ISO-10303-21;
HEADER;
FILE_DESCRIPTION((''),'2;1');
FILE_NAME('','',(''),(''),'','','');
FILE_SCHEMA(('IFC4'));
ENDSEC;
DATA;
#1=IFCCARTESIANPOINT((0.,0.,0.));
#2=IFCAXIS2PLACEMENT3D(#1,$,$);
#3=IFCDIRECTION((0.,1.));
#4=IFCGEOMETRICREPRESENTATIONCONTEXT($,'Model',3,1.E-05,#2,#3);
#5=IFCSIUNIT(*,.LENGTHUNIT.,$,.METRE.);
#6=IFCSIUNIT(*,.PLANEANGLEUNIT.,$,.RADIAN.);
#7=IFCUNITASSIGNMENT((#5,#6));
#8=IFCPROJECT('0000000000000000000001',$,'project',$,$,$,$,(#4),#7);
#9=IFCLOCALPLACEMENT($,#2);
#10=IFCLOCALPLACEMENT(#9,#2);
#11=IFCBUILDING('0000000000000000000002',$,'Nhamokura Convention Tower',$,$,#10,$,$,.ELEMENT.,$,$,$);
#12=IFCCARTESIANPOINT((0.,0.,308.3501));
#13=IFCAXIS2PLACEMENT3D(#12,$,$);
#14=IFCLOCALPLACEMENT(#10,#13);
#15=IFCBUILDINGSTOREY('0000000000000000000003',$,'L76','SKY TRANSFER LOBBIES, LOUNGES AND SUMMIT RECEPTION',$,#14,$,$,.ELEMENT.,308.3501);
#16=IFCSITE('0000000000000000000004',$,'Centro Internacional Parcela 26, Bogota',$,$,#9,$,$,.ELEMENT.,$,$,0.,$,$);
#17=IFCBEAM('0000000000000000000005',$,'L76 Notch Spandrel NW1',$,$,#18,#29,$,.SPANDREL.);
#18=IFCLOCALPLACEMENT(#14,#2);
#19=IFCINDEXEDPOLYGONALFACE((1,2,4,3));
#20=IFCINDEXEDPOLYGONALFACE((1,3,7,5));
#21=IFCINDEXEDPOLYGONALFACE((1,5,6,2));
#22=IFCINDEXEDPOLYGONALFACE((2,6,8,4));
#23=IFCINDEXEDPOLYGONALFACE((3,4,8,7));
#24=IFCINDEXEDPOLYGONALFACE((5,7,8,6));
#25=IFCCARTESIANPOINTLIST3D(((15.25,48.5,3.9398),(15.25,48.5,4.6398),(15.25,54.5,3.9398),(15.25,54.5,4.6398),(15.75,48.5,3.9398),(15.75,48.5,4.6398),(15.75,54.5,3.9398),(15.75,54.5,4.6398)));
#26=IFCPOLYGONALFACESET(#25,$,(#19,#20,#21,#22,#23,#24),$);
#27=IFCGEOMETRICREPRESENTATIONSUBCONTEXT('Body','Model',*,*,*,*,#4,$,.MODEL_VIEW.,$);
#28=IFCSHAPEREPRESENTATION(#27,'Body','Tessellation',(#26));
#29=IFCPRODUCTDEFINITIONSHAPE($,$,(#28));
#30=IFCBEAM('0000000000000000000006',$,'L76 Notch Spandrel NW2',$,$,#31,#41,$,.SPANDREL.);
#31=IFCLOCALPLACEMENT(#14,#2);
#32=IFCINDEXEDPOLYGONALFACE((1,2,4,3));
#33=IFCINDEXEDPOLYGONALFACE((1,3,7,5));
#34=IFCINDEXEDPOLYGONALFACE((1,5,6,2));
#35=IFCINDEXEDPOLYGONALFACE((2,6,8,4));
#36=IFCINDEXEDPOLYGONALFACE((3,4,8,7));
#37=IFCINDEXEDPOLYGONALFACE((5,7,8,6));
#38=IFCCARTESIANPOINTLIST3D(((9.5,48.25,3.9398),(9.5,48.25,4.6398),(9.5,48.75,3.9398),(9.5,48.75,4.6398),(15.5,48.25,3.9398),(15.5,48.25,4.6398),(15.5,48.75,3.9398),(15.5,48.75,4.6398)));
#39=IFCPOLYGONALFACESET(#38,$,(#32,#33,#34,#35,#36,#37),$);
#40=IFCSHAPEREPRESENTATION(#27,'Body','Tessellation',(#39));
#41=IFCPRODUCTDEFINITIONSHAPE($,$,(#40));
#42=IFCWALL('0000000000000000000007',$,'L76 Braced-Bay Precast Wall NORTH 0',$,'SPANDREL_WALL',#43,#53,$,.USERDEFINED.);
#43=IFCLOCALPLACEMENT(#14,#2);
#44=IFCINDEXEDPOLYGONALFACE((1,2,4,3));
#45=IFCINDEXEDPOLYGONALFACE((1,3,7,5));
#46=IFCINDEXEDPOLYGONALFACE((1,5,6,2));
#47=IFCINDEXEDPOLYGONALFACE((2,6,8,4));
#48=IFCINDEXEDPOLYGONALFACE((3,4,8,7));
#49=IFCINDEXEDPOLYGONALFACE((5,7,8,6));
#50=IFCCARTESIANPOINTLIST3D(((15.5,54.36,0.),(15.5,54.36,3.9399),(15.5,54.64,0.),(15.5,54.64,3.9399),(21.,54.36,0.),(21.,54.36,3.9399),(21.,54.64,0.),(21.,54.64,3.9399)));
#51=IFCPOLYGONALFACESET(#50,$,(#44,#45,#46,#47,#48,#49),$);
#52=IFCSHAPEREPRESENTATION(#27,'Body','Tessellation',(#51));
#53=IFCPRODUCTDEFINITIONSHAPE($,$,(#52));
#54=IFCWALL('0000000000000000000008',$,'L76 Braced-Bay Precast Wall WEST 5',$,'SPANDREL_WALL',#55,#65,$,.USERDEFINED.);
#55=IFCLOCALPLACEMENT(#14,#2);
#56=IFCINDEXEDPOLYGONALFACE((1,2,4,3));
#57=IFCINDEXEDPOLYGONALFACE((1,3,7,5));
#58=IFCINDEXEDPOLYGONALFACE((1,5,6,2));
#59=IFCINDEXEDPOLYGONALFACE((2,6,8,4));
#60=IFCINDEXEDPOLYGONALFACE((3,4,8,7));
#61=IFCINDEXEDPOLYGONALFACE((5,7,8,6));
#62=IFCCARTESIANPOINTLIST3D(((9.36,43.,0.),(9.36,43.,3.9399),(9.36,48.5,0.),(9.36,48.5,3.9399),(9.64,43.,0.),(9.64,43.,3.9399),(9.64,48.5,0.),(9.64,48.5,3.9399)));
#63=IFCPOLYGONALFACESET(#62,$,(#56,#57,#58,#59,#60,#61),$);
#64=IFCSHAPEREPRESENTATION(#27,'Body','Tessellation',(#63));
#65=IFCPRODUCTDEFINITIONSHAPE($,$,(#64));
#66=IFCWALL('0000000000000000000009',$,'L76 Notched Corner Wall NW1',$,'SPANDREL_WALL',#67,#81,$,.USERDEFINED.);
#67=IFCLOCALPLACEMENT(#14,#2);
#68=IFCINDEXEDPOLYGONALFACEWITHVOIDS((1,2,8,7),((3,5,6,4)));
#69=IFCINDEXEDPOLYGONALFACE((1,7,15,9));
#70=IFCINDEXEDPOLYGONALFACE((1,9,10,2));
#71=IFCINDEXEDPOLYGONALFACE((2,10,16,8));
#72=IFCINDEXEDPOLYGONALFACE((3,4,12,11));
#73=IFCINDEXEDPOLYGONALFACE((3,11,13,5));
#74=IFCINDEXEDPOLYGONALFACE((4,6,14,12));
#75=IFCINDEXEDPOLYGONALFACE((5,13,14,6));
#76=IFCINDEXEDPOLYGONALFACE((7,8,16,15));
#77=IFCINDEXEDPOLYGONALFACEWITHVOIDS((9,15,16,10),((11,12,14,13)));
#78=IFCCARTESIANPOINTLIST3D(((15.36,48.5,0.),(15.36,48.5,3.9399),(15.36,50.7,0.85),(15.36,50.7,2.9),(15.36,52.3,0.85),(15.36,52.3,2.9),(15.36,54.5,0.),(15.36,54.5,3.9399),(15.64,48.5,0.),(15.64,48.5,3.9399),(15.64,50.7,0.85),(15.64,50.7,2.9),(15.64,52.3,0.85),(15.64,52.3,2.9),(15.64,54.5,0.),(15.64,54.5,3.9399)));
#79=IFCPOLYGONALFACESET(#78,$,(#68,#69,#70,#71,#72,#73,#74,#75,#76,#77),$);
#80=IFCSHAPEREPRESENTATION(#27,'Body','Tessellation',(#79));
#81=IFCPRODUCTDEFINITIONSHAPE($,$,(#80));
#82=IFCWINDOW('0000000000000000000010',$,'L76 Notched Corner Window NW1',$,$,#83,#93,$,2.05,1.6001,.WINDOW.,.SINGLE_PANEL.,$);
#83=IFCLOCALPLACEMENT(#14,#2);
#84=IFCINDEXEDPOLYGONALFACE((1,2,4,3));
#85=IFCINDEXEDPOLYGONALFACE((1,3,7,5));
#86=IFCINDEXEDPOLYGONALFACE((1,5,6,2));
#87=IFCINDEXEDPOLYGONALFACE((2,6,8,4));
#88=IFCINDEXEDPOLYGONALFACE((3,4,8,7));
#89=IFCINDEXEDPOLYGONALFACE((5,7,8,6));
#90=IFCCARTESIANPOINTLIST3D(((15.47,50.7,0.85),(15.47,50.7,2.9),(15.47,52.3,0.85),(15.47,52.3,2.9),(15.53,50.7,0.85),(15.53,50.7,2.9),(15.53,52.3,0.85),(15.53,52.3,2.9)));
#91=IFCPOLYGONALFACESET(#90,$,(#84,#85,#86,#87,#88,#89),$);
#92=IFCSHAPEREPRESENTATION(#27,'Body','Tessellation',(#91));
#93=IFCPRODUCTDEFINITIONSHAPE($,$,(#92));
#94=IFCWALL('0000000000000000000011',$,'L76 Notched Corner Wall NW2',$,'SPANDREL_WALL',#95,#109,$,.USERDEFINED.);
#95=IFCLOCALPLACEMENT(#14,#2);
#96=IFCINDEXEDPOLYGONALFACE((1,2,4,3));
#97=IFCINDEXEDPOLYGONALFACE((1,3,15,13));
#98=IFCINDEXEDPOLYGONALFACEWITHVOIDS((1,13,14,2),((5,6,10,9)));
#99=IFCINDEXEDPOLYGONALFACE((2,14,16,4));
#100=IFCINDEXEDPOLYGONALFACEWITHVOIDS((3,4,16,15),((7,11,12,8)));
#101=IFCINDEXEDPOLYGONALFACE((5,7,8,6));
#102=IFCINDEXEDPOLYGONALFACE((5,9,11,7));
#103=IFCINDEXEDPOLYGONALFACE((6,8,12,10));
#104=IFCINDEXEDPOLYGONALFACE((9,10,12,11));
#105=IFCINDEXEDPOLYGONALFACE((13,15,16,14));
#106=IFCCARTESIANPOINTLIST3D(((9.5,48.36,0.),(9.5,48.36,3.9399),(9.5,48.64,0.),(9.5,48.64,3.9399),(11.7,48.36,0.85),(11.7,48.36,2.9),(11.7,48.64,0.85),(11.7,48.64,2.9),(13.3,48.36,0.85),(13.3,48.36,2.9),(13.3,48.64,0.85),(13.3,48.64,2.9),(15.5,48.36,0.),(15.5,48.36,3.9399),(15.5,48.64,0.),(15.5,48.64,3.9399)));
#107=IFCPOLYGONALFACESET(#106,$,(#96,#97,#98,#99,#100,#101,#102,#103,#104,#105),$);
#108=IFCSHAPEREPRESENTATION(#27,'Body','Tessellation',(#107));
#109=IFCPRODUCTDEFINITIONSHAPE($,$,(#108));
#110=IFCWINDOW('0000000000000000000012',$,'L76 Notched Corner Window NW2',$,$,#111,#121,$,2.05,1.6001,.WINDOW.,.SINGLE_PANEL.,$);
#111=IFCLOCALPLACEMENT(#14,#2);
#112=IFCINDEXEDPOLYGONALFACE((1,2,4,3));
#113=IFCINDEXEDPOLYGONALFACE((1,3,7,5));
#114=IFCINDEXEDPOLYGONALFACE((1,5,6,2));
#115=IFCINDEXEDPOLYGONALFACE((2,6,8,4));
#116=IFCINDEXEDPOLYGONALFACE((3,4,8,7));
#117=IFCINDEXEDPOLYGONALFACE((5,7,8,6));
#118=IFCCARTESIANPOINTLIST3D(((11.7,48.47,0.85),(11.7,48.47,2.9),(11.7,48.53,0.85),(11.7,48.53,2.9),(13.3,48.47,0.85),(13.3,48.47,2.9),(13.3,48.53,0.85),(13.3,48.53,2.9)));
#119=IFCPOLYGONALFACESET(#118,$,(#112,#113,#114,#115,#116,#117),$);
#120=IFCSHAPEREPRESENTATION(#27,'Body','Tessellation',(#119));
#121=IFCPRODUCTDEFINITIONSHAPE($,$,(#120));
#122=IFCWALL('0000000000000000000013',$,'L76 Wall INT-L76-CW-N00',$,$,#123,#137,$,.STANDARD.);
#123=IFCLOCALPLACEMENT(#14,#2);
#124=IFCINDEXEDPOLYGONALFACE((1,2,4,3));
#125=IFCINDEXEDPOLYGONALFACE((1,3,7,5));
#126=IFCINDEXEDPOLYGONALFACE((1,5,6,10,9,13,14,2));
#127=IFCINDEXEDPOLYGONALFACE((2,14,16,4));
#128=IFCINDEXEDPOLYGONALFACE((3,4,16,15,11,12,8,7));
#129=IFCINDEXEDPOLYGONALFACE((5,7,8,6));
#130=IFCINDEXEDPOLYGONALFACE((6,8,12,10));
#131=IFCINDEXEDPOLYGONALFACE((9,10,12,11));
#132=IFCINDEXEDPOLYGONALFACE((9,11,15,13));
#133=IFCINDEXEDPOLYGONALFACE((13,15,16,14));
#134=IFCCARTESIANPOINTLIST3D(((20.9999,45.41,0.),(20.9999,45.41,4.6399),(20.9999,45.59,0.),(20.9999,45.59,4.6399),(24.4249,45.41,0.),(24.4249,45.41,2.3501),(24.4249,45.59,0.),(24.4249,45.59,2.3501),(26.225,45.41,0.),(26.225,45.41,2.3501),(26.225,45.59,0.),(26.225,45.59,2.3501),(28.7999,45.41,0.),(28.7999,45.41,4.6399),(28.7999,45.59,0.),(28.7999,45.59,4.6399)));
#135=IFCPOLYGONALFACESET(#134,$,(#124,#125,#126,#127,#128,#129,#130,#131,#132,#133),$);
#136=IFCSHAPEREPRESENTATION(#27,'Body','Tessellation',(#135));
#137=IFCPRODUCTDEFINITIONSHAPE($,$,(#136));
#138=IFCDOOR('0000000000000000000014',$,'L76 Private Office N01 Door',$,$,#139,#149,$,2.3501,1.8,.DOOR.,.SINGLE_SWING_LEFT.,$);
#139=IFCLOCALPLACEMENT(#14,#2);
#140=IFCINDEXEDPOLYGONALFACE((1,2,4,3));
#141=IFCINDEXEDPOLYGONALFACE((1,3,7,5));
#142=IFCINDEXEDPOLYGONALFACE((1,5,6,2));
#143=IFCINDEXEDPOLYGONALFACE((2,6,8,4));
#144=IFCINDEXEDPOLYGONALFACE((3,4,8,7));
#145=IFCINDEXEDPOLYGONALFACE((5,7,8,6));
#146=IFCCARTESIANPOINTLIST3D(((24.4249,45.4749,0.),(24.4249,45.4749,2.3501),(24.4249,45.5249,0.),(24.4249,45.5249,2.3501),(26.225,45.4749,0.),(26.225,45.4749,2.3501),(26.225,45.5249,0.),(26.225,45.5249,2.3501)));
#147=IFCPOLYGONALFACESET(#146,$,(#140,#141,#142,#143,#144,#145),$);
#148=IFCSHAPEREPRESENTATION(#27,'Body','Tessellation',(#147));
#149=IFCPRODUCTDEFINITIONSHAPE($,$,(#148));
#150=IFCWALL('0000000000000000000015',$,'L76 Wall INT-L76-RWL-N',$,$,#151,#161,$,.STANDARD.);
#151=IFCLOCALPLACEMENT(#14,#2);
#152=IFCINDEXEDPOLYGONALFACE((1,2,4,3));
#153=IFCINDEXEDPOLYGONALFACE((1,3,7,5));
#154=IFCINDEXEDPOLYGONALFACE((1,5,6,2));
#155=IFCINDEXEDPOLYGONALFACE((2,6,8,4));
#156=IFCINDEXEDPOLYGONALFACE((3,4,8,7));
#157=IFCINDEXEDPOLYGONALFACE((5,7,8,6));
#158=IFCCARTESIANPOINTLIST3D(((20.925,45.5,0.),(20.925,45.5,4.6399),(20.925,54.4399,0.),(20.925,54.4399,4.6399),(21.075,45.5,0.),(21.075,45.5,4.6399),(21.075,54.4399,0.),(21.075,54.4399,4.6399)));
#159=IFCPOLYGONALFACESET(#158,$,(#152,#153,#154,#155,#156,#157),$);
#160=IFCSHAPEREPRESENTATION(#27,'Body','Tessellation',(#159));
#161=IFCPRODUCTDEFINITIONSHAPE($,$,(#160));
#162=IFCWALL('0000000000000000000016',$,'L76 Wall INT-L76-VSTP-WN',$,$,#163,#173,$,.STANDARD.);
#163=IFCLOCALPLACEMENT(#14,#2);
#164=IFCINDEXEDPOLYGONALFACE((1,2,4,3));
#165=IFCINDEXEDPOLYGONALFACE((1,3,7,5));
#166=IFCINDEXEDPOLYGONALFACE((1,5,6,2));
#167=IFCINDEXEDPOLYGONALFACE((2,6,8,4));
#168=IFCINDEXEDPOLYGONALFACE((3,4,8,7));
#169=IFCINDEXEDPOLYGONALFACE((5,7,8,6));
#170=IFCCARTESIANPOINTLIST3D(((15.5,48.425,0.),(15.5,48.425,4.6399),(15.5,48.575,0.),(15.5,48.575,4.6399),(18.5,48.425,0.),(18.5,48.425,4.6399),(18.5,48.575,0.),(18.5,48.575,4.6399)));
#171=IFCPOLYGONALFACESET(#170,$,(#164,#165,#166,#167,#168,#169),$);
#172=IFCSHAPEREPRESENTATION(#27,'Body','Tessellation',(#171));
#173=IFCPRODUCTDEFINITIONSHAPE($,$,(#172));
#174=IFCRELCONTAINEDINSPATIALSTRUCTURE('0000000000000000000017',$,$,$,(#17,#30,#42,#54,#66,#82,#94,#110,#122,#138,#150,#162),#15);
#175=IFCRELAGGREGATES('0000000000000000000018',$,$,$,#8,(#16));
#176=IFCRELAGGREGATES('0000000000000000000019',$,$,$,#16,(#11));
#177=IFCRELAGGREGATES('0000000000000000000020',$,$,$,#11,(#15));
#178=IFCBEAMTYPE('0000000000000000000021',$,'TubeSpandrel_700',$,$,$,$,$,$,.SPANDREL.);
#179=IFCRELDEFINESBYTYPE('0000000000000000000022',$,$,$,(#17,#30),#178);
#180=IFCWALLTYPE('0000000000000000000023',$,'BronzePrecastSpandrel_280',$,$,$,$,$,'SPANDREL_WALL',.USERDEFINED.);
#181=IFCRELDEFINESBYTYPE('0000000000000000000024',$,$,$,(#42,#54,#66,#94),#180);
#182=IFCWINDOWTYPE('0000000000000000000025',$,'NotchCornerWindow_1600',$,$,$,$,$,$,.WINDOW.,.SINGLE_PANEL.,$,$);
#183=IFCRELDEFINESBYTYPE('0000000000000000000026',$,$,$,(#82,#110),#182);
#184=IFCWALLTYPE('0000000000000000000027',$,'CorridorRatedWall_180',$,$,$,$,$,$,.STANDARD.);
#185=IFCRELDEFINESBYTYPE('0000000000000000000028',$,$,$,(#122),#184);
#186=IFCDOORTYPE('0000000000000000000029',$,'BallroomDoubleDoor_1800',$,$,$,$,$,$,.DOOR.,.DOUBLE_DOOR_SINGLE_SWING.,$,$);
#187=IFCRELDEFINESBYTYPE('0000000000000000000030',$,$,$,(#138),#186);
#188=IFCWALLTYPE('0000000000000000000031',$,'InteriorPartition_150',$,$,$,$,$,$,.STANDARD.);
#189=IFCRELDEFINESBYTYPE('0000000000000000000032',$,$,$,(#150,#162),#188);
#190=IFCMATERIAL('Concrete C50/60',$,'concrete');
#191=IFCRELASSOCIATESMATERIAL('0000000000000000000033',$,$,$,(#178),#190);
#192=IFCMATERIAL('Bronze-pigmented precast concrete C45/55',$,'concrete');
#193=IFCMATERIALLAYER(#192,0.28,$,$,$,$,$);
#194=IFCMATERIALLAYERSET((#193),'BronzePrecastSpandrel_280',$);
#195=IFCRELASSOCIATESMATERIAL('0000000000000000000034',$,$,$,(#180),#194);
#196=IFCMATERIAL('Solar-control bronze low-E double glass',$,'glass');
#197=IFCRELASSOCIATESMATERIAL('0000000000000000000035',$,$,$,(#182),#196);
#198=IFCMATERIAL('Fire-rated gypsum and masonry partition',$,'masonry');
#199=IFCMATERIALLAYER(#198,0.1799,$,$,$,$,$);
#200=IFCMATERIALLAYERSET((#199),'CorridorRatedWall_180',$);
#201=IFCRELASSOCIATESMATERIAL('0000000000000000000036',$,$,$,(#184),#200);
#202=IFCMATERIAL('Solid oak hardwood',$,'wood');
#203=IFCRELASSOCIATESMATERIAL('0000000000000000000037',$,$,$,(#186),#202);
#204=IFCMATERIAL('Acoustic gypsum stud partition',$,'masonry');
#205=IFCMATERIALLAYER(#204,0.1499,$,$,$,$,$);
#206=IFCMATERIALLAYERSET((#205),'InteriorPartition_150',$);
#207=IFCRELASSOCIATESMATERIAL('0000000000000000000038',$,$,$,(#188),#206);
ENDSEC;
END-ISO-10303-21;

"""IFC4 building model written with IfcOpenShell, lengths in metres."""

from ifc_helpers import new_model, si_unit, direction, frame, frame_2d, origin, origin_2d, place, context, subcontext, project, spatial, rectangle, extrude, material, layer, layer_set, material_profile, profile_set, type_object, element, fill, save


model = new_model("IFC4")

# Units and contexts
model_context = context("Model", 3, precision=1e-05, world=origin(), true_north=direction((0.0, 1.0)))
body_context = subcontext(model_context, "Body", "Model", "MODEL_VIEW")
ifc_project = project(units=[si_unit("LENGTHUNIT", "METRE"), si_unit("PLANEANGLEUNIT", "RADIAN")], contexts=[model_context])

# Site, building, storey
site_placement = place(None, origin())
site = spatial("IfcSite", under=ifc_project, at=site_placement, Name="Centro Internacional Parcela 26, Bogota", CompositionType="ELEMENT", RefElevation=0.0)
building_placement = place(site_placement, origin())
building = spatial("IfcBuilding", under=site, at=building_placement, Name="Nhamokura Convention Tower", CompositionType="ELEMENT")
storey_placement = place(building_placement, frame((0.0, 0.0, 308.3501)))
storey = spatial("IfcBuildingStorey", under=building, at=storey_placement, Name="L76", Description="SKY TRANSFER LOBBIES, LOUNGES AND SUMMIT RECEPTION", CompositionType="ELEMENT", Elevation=308.3501)

# Beams
ifc_material_1 = material(Name="Concrete C50/60", Category="concrete")
ifc_material_profile_1 = material_profile(ifc_material_1, rectangle(XDim=0.5, YDim=0.7, at=origin_2d()))
ifc_profile_set_1 = profile_set([ifc_material_profile_1], Name="Concrete C50/60")
beam_type_1 = type_object("IfcBeamType", Name="TubeSpandrel_700", PredefinedType="SPANDREL", material=ifc_profile_set_1)
for number, where, z_axis, x_axis, name in (
    (1, (15.5, 54.5, 4.2898), (0.0, -1.0, 0.0), (1.0, 0.0, 0.0), "L76 Notch Spandrel NW1"),
    (2, (15.5, 48.5, 4.2898), (-1.0, 0.0, 0.0), (0.0, -1.0, 0.0), "L76 Notch Spandrel NW2"),
):
    element("IfcBeam", number, at=place(storey_placement, frame(where, z_axis=z_axis, x_axis=x_axis)), inside=storey, type_object=beam_type_1, Name=name, PredefinedType="SPANDREL", context=body_context, shape_type="SweptSolid", body=[
        extrude(rectangle(XDim=0.5, YDim=0.7, at=origin_2d()), origin(), (0.0, 0.0, 1.0), 6.0),
    ])

# Walls
ifc_material_2 = material(Name="Bronze-pigmented precast concrete C45/55", Category="concrete")
ifc_layer_1 = layer(ifc_material_2, 0.28)
ifc_layer_set_1 = layer_set([ifc_layer_1], Name="BronzePrecastSpandrel_280")
wall_type_1 = type_object("IfcWallType", Name="BronzePrecastSpandrel_280", ElementType="SPANDREL_WALL", PredefinedType="USERDEFINED", material=ifc_layer_set_1)
for number, where, z_axis, x_axis, name in (
    (3, (15.5, 54.5, 0.0), (0.0, 0.0, 1.0), (1.0, 0.0, 0.0), "L76 Braced-Bay Precast Wall NORTH 0"),
    (4, (9.5, 43.0, 0.0), (0.0, 0.0, 1.0), (0.0, 1.0, 0.0), "L76 Braced-Bay Precast Wall WEST 5"),
):
    element("IfcWall", number, at=place(storey_placement, frame(where, z_axis=z_axis, x_axis=x_axis)), inside=storey, type_object=wall_type_1, Name=name, ObjectType="SPANDREL_WALL", PredefinedType="USERDEFINED", context=body_context, shape_type="SweptSolid", body=[
        extrude(rectangle(XDim=5.5, YDim=0.28, at=frame_2d((2.75, 0.0))), origin(), (0.0, 0.0, 1.0), 3.9399),
    ])

# Walls, openings, windows
wall_1_placement = place(storey_placement, frame((15.5, 48.5, 0.0), z_axis=(0.0, 0.0, 1.0), x_axis=(0.0, 1.0, 0.0)))
wall_1 = element("IfcWall", 5, at=wall_1_placement, inside=storey, type_object=wall_type_1, Name="L76 Notched Corner Wall NW1", ObjectType="SPANDREL_WALL", PredefinedType="USERDEFINED", context=body_context, shape_type="SweptSolid", body=[
    extrude(rectangle(XDim=6.0, YDim=0.28, at=frame_2d((3.0, 0.0))), origin(), (0.0, 0.0, 1.0), 3.9399),
])
opening_1_placement = place(wall_1_placement, frame((2.2, 0.0, 0.8501)))
opening_1 = element("IfcOpeningElement", 6, at=opening_1_placement, cuts=wall_1, PredefinedType="OPENING", context=body_context, shape_type="SweptSolid", body=[
    extrude(rectangle(XDim=1.6001, YDim=2.05, at=frame_2d((0.8, 1.0249))), frame((0.0, 0.1499, 0.0), z_axis=(0.0, -1.0, 0.0), x_axis=(1.0, 0.0, 0.0)), (0.0, 0.0, 1.0), 0.3),
])
ifc_material_3 = material(Name="Solar-control bronze low-E double glass", Category="glass")
window_type = type_object("IfcWindowType", Name="NotchCornerWindow_1600", PartitioningType="SINGLE_PANEL", PredefinedType="WINDOW", material=ifc_material_3)
window_1_placement = place(opening_1_placement, origin())
window_1 = element("IfcWindow", 7, at=window_1_placement, inside=storey, type_object=window_type, Name="L76 Notched Corner Window NW1", OverallHeight=2.05, OverallWidth=1.6001, PartitioningType="SINGLE_PANEL", PredefinedType="WINDOW", context=body_context, shape_type="SweptSolid", body=[
    extrude(rectangle(XDim=1.6001, YDim=2.05, at=frame_2d((0.8, 1.0249))), frame((0.0, 0.03, 0.0), z_axis=(0.0, -1.0, 0.0), x_axis=(1.0, 0.0, 0.0)), (0.0, 0.0, 1.0), 0.0601),
])
fill(opening_1, window_1)
wall_2_placement = place(storey_placement, frame((9.5, 48.5, 0.0), z_axis=(0.0, 0.0, 1.0), x_axis=(1.0, 0.0, 0.0)))
wall_2 = element("IfcWall", 8, at=wall_2_placement, inside=storey, type_object=wall_type_1, Name="L76 Notched Corner Wall NW2", ObjectType="SPANDREL_WALL", PredefinedType="USERDEFINED", context=body_context, shape_type="SweptSolid", body=[
    extrude(rectangle(XDim=6.0, YDim=0.28, at=frame_2d((3.0, 0.0))), origin(), (0.0, 0.0, 1.0), 3.9399),
])
opening_2_placement = place(wall_2_placement, frame((2.2, 0.0, 0.8501)))
opening_2 = element("IfcOpeningElement", 9, at=opening_2_placement, cuts=wall_2, PredefinedType="OPENING", context=body_context, shape_type="SweptSolid", body=[
    extrude(rectangle(XDim=1.6001, YDim=2.05, at=frame_2d((0.8, 1.0249))), frame((0.0, 0.1499, 0.0), z_axis=(0.0, -1.0, 0.0), x_axis=(1.0, 0.0, 0.0)), (0.0, 0.0, 1.0), 0.3),
])
window_2_placement = place(opening_2_placement, origin())
window_2 = element("IfcWindow", 10, at=window_2_placement, inside=storey, type_object=window_type, Name="L76 Notched Corner Window NW2", OverallHeight=2.05, OverallWidth=1.6001, PartitioningType="SINGLE_PANEL", PredefinedType="WINDOW", context=body_context, shape_type="SweptSolid", body=[
    extrude(rectangle(XDim=1.6001, YDim=2.05, at=frame_2d((0.8, 1.0249))), frame((0.0, 0.03, 0.0), z_axis=(0.0, -1.0, 0.0), x_axis=(1.0, 0.0, 0.0)), (0.0, 0.0, 1.0), 0.0601),
])
fill(opening_2, window_2)

# Wall, opening, door
ifc_material_4 = material(Name="Fire-rated gypsum and masonry partition", Category="masonry")
ifc_layer_2 = layer(ifc_material_4, 0.1799)
ifc_layer_set_2 = layer_set([ifc_layer_2], Name="CorridorRatedWall_180")
wall_type_2 = type_object("IfcWallType", Name="CorridorRatedWall_180", PredefinedType="STANDARD", material=ifc_layer_set_2)
wall_3_placement = place(storey_placement, frame((21.0, 45.5, 0.0), z_axis=(0.0, 0.0, 1.0), x_axis=(1.0, 0.0, 0.0)))
wall_3 = element("IfcWall", 11, at=wall_3_placement, inside=storey, type_object=wall_type_2, Name="L76 Wall INT-L76-CW-N00", PredefinedType="STANDARD", context=body_context, shape_type="SweptSolid", body=[
    extrude(rectangle(XDim=7.8, YDim=0.1799, at=frame_2d((3.8999, 0.0))), origin(), (0.0, 0.0, 1.0), 4.6399),
])
opening_3_placement = place(wall_3_placement, frame((3.425, 0.0, 0.0)))
opening_3 = element("IfcOpeningElement", 12, at=opening_3_placement, cuts=wall_3, PredefinedType="OPENING", context=body_context, shape_type="SweptSolid", body=[
    extrude(rectangle(XDim=1.8, YDim=2.3501, at=frame_2d((0.8999, 1.175))), frame((0.0, 0.0999, 0.0), z_axis=(0.0, -1.0, 0.0), x_axis=(1.0, 0.0, 0.0)), (0.0, 0.0, 1.0), 0.2),
])
ifc_material_5 = material(Name="Solid oak hardwood", Category="wood")
door_type = type_object("IfcDoorType", Name="BallroomDoubleDoor_1800", OperationType="DOUBLE_DOOR_SINGLE_SWING", PredefinedType="DOOR", material=ifc_material_5)
door_placement = place(opening_3_placement, origin())
door = element("IfcDoor", 13, at=door_placement, inside=storey, type_object=door_type, Name="L76 Private Office N01 Door", OperationType="SINGLE_SWING_LEFT", OverallHeight=2.3501, OverallWidth=1.8, PredefinedType="DOOR", context=body_context, shape_type="SweptSolid", body=[
    extrude(rectangle(XDim=1.8, YDim=2.3501, at=frame_2d((0.8999, 1.175))), frame((0.0, 0.0249, 0.0), z_axis=(0.0, -1.0, 0.0), x_axis=(1.0, 0.0, 0.0)), (0.0, 0.0, 1.0), 0.05),
])
fill(opening_3, door)

# Walls
ifc_material_6 = material(Name="Acoustic gypsum stud partition", Category="masonry")
ifc_layer_3 = layer(ifc_material_6, 0.1499)
ifc_layer_set_3 = layer_set([ifc_layer_3], Name="InteriorPartition_150")
wall_type_3 = type_object("IfcWallType", Name="InteriorPartition_150", PredefinedType="STANDARD", material=ifc_layer_set_3)
wall_4_placement = place(storey_placement, frame((21.0, 45.5, 0.0), z_axis=(0.0, 0.0, 1.0), x_axis=(0.0, 1.0, 0.0)))
element("IfcWall", 14, at=wall_4_placement, inside=storey, type_object=wall_type_3, Name="L76 Wall INT-L76-RWL-N", PredefinedType="STANDARD", context=body_context, shape_type="SweptSolid", body=[
    extrude(rectangle(XDim=8.9399, YDim=0.1499, at=frame_2d((4.47, 0.0))), origin(), (0.0, 0.0, 1.0), 4.6399),
])
wall_5_placement = place(storey_placement, frame((15.5, 48.5, 0.0), z_axis=(0.0, 0.0, 1.0), x_axis=(1.0, 0.0, 0.0)))
element("IfcWall", 15, at=wall_5_placement, inside=storey, type_object=wall_type_3, Name="L76 Wall INT-L76-VSTP-WN", PredefinedType="STANDARD", context=body_context, shape_type="SweptSolid", body=[
    extrude(rectangle(XDim=3.0, YDim=0.1499, at=frame_2d((1.5, 0.0))), origin(), (0.0, 0.0, 1.0), 4.6399),
])

save(model, "model.ifc")
